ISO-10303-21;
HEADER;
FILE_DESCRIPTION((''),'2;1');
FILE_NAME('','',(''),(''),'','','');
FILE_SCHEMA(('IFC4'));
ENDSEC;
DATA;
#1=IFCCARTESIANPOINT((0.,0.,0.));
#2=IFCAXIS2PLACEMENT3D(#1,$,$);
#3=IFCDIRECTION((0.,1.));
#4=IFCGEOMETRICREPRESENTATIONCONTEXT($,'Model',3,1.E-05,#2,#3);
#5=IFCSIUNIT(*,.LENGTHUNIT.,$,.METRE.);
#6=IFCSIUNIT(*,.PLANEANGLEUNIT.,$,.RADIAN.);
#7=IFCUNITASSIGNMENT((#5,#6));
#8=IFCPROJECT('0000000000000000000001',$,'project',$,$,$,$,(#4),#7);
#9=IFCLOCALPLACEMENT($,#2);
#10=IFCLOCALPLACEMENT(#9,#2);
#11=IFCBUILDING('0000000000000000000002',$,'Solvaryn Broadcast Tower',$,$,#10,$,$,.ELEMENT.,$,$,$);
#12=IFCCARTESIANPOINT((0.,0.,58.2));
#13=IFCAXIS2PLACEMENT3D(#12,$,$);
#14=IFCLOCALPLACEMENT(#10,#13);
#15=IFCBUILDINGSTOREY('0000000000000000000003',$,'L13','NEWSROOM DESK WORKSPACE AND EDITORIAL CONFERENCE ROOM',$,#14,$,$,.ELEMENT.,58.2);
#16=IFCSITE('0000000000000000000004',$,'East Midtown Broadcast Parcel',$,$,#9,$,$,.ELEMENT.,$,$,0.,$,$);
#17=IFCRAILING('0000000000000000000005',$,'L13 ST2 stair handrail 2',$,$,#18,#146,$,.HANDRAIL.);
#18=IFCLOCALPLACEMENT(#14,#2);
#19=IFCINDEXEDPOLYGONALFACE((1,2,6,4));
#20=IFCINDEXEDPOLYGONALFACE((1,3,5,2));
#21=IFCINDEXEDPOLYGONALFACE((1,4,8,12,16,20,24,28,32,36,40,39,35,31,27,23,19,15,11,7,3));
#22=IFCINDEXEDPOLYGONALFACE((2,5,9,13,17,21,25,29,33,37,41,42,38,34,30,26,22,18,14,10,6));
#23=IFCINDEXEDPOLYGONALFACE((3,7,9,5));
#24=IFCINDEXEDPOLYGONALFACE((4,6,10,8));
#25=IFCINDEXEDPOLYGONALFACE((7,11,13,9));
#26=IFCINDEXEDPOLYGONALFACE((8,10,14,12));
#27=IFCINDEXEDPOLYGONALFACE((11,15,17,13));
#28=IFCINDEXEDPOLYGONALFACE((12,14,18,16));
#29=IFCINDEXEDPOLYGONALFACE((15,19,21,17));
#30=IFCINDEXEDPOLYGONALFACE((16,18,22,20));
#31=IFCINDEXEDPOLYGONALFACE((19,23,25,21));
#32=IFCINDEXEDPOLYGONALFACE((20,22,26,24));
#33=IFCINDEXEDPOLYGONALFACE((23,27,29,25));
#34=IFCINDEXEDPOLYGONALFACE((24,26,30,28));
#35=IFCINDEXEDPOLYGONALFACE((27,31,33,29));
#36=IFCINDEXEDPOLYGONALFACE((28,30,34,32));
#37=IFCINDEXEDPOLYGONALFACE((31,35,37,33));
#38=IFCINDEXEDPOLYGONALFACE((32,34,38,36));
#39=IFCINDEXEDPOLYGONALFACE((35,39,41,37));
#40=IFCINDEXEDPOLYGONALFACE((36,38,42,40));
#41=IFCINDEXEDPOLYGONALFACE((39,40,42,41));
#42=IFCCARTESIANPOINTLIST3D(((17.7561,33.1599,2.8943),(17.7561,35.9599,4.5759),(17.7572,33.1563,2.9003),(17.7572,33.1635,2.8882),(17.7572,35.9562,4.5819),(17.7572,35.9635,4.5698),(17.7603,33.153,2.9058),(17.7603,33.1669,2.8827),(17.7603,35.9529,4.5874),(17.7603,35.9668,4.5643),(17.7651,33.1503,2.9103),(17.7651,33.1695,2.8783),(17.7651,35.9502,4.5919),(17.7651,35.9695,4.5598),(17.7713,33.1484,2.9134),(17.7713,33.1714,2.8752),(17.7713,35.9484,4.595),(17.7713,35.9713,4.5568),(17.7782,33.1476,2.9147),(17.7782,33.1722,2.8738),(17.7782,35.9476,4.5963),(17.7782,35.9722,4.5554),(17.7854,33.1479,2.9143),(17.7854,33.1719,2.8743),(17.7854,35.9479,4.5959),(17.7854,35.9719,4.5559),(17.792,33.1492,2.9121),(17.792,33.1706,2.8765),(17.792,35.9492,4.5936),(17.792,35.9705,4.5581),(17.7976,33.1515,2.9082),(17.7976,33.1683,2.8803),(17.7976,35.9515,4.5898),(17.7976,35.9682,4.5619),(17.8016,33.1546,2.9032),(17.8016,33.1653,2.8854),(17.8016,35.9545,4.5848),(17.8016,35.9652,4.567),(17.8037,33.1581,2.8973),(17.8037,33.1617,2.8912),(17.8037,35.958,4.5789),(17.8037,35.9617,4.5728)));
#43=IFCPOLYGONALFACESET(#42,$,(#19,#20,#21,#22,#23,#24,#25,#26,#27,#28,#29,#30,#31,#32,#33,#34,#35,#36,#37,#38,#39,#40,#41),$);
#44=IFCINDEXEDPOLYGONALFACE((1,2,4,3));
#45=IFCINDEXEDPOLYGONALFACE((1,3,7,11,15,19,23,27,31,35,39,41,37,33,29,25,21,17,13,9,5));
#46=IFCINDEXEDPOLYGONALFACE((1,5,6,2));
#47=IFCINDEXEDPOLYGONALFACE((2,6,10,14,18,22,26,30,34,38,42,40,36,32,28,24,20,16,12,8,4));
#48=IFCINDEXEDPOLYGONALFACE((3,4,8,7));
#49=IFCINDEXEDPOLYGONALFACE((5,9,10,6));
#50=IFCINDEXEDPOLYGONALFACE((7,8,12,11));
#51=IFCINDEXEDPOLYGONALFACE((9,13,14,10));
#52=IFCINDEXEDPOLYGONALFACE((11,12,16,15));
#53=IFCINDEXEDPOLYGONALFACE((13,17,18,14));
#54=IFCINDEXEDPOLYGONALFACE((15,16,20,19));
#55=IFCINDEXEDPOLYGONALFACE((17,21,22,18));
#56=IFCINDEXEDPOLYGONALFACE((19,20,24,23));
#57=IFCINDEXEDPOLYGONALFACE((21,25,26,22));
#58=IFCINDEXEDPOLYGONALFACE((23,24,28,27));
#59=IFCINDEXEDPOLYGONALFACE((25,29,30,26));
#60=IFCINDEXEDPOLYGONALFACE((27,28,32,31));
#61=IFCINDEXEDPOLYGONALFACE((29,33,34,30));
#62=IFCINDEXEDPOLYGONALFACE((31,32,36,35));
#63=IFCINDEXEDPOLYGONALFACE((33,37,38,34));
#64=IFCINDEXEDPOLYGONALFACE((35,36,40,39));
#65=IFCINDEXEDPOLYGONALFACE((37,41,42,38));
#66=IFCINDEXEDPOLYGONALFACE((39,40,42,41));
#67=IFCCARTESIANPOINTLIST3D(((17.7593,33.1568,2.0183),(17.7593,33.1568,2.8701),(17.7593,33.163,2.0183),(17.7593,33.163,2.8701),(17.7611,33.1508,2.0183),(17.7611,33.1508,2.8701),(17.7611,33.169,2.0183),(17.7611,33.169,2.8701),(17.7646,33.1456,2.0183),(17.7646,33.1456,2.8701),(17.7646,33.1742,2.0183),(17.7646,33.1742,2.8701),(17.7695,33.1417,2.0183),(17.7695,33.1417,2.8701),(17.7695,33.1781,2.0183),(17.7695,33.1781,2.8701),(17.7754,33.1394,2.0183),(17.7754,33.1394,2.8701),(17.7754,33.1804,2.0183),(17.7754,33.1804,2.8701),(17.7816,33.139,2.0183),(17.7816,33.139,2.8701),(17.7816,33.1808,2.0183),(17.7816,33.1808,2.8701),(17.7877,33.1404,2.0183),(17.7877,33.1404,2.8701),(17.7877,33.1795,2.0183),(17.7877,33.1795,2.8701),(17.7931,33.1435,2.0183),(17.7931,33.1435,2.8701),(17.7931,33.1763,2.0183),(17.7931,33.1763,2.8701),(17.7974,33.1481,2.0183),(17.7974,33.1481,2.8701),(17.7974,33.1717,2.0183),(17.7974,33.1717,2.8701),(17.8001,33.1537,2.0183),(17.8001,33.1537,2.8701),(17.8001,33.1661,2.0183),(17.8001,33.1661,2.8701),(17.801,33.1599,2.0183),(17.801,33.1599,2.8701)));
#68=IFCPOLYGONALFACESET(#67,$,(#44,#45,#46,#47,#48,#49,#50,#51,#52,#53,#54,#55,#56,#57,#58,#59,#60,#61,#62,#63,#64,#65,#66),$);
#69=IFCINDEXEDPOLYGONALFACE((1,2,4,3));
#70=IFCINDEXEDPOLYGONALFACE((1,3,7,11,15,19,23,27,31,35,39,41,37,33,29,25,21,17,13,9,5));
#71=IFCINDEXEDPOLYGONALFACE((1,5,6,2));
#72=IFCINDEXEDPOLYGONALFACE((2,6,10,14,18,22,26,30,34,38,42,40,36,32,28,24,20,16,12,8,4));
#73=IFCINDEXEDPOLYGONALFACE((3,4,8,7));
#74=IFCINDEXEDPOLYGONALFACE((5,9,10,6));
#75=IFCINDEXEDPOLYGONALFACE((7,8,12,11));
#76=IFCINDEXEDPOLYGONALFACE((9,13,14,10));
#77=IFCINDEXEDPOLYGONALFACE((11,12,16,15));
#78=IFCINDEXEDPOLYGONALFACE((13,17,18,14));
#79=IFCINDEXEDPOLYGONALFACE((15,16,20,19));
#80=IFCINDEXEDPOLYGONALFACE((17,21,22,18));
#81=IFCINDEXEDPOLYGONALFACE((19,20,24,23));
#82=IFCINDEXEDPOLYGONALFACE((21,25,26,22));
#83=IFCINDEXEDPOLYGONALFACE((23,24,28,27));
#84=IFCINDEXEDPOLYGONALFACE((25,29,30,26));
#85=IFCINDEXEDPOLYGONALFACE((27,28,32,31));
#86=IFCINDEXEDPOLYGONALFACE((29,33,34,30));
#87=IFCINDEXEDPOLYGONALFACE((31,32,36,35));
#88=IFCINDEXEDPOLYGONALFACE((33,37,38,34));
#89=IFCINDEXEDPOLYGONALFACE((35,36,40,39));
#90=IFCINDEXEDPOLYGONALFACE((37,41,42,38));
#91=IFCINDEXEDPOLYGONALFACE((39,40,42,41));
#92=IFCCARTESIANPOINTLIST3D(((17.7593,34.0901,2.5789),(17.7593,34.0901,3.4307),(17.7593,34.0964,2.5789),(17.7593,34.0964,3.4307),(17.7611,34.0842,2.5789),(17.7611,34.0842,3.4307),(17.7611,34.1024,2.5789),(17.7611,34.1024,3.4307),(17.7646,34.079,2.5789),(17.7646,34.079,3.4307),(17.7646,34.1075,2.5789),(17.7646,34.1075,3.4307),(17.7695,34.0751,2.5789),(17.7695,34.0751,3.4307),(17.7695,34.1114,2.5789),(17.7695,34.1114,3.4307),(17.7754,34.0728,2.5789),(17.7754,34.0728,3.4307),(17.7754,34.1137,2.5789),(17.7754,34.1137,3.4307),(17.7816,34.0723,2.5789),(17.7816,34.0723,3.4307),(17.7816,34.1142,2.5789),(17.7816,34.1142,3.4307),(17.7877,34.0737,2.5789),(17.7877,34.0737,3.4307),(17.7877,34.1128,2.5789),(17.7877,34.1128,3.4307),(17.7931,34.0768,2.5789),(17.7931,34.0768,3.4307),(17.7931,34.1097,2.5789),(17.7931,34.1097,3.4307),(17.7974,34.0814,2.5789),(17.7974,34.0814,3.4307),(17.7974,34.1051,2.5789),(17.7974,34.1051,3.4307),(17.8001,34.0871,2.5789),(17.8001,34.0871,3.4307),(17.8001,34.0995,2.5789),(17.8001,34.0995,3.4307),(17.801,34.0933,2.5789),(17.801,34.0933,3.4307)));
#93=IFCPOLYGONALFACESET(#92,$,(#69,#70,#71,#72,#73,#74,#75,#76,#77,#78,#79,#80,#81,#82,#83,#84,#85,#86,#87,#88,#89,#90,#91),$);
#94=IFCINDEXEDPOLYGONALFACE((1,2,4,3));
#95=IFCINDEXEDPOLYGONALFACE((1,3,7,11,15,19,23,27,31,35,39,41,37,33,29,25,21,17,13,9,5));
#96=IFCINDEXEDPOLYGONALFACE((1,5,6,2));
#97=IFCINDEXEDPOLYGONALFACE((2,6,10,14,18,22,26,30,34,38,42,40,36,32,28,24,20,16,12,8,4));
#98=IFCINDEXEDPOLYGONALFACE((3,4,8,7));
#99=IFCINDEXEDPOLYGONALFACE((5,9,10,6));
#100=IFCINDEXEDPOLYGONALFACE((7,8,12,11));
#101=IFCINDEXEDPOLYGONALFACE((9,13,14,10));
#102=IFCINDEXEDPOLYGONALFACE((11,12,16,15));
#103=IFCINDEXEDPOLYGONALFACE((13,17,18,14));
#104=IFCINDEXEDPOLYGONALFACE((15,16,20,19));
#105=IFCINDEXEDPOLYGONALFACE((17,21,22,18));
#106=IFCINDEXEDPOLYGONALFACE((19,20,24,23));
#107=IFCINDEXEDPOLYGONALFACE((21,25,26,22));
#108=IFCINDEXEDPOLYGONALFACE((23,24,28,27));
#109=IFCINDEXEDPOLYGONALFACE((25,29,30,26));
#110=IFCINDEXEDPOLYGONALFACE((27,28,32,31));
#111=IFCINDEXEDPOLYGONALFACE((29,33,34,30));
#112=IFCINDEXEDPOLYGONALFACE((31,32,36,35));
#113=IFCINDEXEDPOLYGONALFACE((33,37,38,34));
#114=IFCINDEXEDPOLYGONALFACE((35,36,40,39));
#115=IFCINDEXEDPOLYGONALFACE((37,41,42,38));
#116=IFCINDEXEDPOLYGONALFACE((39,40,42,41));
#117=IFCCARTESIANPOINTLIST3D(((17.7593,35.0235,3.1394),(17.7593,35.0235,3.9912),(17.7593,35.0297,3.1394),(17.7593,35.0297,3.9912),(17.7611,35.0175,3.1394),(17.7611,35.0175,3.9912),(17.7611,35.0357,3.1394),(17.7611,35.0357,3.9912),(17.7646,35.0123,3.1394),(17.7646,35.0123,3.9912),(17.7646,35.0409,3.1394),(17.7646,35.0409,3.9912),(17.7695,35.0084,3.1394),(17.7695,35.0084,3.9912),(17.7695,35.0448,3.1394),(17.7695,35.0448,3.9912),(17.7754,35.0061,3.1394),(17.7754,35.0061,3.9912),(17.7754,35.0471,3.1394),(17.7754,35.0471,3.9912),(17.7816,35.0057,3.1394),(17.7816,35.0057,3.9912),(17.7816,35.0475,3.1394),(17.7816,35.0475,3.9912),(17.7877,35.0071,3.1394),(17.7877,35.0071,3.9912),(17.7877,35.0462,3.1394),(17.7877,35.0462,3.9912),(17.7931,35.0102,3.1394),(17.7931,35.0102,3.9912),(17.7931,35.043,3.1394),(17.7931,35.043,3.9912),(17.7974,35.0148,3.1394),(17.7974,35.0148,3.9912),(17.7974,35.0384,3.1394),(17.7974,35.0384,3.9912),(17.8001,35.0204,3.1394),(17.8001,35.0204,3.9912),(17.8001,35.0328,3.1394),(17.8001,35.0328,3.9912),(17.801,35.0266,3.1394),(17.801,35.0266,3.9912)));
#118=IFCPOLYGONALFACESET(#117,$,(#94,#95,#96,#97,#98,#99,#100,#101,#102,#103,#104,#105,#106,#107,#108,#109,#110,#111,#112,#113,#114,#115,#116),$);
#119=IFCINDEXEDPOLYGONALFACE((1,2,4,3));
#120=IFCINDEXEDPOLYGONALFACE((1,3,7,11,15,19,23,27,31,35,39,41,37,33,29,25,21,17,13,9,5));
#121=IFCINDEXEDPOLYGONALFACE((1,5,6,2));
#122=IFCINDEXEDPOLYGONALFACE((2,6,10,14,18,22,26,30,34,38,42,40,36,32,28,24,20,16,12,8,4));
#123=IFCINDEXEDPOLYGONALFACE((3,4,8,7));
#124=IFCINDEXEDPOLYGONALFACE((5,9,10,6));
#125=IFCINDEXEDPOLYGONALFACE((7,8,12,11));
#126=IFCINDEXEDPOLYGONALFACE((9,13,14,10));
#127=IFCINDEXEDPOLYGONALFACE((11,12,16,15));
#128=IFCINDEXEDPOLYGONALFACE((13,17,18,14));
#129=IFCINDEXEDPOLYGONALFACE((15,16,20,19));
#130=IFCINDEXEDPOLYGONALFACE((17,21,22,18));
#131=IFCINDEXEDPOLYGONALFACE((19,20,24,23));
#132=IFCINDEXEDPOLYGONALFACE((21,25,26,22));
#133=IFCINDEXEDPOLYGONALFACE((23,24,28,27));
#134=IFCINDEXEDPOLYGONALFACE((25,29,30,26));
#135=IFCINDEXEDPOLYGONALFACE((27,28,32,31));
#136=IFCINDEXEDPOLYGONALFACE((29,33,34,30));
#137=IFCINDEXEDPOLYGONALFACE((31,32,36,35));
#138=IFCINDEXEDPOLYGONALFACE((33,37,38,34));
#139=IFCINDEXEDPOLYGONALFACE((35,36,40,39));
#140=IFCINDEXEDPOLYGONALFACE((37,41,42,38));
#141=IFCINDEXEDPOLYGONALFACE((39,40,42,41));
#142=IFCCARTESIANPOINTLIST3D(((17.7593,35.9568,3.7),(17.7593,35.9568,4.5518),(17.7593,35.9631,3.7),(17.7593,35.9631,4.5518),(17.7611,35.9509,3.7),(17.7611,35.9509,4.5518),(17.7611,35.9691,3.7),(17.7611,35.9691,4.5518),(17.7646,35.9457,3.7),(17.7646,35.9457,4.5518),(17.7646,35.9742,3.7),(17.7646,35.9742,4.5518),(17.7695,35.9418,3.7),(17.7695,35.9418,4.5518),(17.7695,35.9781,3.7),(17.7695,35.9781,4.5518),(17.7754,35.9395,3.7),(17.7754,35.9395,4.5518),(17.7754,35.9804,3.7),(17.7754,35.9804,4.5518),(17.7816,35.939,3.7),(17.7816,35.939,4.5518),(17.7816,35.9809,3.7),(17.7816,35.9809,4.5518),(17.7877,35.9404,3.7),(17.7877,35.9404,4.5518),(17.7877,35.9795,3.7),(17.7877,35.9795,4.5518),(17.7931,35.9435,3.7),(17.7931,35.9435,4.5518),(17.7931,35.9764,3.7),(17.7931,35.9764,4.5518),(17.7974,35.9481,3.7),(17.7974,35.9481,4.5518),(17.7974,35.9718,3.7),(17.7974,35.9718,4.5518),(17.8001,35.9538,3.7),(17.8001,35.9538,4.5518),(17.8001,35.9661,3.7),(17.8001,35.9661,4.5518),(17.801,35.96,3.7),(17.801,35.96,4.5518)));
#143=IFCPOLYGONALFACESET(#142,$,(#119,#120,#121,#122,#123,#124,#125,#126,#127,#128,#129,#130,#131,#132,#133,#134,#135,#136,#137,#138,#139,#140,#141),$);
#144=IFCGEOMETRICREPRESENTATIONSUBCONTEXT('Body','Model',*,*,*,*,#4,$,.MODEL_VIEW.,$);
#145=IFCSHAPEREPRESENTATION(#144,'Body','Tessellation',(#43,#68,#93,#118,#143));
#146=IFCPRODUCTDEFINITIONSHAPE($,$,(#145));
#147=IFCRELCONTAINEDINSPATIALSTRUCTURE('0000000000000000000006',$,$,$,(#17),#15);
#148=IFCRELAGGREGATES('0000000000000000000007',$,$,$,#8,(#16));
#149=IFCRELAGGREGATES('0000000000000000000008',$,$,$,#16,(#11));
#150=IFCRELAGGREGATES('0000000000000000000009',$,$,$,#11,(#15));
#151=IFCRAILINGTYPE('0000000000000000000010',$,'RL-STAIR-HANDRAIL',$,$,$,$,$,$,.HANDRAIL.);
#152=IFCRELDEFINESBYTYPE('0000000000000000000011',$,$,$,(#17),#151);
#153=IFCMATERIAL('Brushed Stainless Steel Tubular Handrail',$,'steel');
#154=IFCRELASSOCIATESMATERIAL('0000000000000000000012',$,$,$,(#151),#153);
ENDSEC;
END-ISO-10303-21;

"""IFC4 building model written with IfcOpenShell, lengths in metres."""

from ifc_helpers import new_model, si_unit, direction, frame, origin, origin_2d, place, context, subcontext, project, spatial, circle, extrude, material, type_object, element, save


model = new_model("IFC4")

# Units and contexts
model_context = context("Model", 3, precision=1e-05, world=origin(), true_north=direction((0.0, 1.0)))
body_context = subcontext(model_context, "Body", "Model", "MODEL_VIEW")
ifc_project = project(units=[si_unit("LENGTHUNIT", "METRE"), si_unit("PLANEANGLEUNIT", "RADIAN")], contexts=[model_context])

# Site, building, storey
site_placement = place(None, origin())
site = spatial("IfcSite", under=ifc_project, at=site_placement, Name="East Midtown Broadcast Parcel", CompositionType="ELEMENT", RefElevation=0.0)
building_placement = place(site_placement, origin())
building = spatial("IfcBuilding", under=site, at=building_placement, Name="Solvaryn Broadcast Tower", CompositionType="ELEMENT")
storey_placement = place(building_placement, frame((0.0, 0.0, 58.2)))
storey = spatial("IfcBuildingStorey", under=building, at=storey_placement, Name="L13", Description="NEWSROOM DESK WORKSPACE AND EDITORIAL CONFERENCE ROOM", CompositionType="ELEMENT", Elevation=58.2)

# Railing
ifc_material_1 = material(Name="Brushed Stainless Steel Tubular Handrail", Category="steel")
railing_type_1 = type_object("IfcRailingType", Name="RL-STAIR-HANDRAIL", PredefinedType="HANDRAIL", material=ifc_material_1)
railing_1_placement = place(storey_placement, frame((17.78, 33.1599, 2.0183)))
element("IfcRailing", 1, at=railing_1_placement, inside=storey, type_object=railing_type_1, Name="L13 ST2 stair handrail 2", PredefinedType="HANDRAIL", context=body_context, shape_type="SweptSolid", body=[
    extrude(circle(Radius=0.0239, at=origin_2d()), frame((0.0, 0.0, 0.876), z_axis=(0.0, 0.857275, 0.514858), x_axis=(-1.0, 0.0, 0.0)), (0.0, 0.0, 1.0), 3.2661),
    extrude(circle(Radius=0.021, at=origin_2d()), origin(), (0.0, 0.0, 1.0), 0.8518),
    extrude(circle(Radius=0.021, at=origin_2d()), frame((0.0, 0.9333, 0.5605)), (0.0, 0.0, 1.0), 0.8518),
    extrude(circle(Radius=0.021, at=origin_2d()), frame((0.0, 1.8667, 1.1211)), (0.0, 0.0, 1.0), 0.8518),
    extrude(circle(Radius=0.021, at=origin_2d()), frame((0.0, 2.8, 1.6816)), (0.0, 0.0, 1.0), 0.8518),
])

save(model, "model.ifc")
